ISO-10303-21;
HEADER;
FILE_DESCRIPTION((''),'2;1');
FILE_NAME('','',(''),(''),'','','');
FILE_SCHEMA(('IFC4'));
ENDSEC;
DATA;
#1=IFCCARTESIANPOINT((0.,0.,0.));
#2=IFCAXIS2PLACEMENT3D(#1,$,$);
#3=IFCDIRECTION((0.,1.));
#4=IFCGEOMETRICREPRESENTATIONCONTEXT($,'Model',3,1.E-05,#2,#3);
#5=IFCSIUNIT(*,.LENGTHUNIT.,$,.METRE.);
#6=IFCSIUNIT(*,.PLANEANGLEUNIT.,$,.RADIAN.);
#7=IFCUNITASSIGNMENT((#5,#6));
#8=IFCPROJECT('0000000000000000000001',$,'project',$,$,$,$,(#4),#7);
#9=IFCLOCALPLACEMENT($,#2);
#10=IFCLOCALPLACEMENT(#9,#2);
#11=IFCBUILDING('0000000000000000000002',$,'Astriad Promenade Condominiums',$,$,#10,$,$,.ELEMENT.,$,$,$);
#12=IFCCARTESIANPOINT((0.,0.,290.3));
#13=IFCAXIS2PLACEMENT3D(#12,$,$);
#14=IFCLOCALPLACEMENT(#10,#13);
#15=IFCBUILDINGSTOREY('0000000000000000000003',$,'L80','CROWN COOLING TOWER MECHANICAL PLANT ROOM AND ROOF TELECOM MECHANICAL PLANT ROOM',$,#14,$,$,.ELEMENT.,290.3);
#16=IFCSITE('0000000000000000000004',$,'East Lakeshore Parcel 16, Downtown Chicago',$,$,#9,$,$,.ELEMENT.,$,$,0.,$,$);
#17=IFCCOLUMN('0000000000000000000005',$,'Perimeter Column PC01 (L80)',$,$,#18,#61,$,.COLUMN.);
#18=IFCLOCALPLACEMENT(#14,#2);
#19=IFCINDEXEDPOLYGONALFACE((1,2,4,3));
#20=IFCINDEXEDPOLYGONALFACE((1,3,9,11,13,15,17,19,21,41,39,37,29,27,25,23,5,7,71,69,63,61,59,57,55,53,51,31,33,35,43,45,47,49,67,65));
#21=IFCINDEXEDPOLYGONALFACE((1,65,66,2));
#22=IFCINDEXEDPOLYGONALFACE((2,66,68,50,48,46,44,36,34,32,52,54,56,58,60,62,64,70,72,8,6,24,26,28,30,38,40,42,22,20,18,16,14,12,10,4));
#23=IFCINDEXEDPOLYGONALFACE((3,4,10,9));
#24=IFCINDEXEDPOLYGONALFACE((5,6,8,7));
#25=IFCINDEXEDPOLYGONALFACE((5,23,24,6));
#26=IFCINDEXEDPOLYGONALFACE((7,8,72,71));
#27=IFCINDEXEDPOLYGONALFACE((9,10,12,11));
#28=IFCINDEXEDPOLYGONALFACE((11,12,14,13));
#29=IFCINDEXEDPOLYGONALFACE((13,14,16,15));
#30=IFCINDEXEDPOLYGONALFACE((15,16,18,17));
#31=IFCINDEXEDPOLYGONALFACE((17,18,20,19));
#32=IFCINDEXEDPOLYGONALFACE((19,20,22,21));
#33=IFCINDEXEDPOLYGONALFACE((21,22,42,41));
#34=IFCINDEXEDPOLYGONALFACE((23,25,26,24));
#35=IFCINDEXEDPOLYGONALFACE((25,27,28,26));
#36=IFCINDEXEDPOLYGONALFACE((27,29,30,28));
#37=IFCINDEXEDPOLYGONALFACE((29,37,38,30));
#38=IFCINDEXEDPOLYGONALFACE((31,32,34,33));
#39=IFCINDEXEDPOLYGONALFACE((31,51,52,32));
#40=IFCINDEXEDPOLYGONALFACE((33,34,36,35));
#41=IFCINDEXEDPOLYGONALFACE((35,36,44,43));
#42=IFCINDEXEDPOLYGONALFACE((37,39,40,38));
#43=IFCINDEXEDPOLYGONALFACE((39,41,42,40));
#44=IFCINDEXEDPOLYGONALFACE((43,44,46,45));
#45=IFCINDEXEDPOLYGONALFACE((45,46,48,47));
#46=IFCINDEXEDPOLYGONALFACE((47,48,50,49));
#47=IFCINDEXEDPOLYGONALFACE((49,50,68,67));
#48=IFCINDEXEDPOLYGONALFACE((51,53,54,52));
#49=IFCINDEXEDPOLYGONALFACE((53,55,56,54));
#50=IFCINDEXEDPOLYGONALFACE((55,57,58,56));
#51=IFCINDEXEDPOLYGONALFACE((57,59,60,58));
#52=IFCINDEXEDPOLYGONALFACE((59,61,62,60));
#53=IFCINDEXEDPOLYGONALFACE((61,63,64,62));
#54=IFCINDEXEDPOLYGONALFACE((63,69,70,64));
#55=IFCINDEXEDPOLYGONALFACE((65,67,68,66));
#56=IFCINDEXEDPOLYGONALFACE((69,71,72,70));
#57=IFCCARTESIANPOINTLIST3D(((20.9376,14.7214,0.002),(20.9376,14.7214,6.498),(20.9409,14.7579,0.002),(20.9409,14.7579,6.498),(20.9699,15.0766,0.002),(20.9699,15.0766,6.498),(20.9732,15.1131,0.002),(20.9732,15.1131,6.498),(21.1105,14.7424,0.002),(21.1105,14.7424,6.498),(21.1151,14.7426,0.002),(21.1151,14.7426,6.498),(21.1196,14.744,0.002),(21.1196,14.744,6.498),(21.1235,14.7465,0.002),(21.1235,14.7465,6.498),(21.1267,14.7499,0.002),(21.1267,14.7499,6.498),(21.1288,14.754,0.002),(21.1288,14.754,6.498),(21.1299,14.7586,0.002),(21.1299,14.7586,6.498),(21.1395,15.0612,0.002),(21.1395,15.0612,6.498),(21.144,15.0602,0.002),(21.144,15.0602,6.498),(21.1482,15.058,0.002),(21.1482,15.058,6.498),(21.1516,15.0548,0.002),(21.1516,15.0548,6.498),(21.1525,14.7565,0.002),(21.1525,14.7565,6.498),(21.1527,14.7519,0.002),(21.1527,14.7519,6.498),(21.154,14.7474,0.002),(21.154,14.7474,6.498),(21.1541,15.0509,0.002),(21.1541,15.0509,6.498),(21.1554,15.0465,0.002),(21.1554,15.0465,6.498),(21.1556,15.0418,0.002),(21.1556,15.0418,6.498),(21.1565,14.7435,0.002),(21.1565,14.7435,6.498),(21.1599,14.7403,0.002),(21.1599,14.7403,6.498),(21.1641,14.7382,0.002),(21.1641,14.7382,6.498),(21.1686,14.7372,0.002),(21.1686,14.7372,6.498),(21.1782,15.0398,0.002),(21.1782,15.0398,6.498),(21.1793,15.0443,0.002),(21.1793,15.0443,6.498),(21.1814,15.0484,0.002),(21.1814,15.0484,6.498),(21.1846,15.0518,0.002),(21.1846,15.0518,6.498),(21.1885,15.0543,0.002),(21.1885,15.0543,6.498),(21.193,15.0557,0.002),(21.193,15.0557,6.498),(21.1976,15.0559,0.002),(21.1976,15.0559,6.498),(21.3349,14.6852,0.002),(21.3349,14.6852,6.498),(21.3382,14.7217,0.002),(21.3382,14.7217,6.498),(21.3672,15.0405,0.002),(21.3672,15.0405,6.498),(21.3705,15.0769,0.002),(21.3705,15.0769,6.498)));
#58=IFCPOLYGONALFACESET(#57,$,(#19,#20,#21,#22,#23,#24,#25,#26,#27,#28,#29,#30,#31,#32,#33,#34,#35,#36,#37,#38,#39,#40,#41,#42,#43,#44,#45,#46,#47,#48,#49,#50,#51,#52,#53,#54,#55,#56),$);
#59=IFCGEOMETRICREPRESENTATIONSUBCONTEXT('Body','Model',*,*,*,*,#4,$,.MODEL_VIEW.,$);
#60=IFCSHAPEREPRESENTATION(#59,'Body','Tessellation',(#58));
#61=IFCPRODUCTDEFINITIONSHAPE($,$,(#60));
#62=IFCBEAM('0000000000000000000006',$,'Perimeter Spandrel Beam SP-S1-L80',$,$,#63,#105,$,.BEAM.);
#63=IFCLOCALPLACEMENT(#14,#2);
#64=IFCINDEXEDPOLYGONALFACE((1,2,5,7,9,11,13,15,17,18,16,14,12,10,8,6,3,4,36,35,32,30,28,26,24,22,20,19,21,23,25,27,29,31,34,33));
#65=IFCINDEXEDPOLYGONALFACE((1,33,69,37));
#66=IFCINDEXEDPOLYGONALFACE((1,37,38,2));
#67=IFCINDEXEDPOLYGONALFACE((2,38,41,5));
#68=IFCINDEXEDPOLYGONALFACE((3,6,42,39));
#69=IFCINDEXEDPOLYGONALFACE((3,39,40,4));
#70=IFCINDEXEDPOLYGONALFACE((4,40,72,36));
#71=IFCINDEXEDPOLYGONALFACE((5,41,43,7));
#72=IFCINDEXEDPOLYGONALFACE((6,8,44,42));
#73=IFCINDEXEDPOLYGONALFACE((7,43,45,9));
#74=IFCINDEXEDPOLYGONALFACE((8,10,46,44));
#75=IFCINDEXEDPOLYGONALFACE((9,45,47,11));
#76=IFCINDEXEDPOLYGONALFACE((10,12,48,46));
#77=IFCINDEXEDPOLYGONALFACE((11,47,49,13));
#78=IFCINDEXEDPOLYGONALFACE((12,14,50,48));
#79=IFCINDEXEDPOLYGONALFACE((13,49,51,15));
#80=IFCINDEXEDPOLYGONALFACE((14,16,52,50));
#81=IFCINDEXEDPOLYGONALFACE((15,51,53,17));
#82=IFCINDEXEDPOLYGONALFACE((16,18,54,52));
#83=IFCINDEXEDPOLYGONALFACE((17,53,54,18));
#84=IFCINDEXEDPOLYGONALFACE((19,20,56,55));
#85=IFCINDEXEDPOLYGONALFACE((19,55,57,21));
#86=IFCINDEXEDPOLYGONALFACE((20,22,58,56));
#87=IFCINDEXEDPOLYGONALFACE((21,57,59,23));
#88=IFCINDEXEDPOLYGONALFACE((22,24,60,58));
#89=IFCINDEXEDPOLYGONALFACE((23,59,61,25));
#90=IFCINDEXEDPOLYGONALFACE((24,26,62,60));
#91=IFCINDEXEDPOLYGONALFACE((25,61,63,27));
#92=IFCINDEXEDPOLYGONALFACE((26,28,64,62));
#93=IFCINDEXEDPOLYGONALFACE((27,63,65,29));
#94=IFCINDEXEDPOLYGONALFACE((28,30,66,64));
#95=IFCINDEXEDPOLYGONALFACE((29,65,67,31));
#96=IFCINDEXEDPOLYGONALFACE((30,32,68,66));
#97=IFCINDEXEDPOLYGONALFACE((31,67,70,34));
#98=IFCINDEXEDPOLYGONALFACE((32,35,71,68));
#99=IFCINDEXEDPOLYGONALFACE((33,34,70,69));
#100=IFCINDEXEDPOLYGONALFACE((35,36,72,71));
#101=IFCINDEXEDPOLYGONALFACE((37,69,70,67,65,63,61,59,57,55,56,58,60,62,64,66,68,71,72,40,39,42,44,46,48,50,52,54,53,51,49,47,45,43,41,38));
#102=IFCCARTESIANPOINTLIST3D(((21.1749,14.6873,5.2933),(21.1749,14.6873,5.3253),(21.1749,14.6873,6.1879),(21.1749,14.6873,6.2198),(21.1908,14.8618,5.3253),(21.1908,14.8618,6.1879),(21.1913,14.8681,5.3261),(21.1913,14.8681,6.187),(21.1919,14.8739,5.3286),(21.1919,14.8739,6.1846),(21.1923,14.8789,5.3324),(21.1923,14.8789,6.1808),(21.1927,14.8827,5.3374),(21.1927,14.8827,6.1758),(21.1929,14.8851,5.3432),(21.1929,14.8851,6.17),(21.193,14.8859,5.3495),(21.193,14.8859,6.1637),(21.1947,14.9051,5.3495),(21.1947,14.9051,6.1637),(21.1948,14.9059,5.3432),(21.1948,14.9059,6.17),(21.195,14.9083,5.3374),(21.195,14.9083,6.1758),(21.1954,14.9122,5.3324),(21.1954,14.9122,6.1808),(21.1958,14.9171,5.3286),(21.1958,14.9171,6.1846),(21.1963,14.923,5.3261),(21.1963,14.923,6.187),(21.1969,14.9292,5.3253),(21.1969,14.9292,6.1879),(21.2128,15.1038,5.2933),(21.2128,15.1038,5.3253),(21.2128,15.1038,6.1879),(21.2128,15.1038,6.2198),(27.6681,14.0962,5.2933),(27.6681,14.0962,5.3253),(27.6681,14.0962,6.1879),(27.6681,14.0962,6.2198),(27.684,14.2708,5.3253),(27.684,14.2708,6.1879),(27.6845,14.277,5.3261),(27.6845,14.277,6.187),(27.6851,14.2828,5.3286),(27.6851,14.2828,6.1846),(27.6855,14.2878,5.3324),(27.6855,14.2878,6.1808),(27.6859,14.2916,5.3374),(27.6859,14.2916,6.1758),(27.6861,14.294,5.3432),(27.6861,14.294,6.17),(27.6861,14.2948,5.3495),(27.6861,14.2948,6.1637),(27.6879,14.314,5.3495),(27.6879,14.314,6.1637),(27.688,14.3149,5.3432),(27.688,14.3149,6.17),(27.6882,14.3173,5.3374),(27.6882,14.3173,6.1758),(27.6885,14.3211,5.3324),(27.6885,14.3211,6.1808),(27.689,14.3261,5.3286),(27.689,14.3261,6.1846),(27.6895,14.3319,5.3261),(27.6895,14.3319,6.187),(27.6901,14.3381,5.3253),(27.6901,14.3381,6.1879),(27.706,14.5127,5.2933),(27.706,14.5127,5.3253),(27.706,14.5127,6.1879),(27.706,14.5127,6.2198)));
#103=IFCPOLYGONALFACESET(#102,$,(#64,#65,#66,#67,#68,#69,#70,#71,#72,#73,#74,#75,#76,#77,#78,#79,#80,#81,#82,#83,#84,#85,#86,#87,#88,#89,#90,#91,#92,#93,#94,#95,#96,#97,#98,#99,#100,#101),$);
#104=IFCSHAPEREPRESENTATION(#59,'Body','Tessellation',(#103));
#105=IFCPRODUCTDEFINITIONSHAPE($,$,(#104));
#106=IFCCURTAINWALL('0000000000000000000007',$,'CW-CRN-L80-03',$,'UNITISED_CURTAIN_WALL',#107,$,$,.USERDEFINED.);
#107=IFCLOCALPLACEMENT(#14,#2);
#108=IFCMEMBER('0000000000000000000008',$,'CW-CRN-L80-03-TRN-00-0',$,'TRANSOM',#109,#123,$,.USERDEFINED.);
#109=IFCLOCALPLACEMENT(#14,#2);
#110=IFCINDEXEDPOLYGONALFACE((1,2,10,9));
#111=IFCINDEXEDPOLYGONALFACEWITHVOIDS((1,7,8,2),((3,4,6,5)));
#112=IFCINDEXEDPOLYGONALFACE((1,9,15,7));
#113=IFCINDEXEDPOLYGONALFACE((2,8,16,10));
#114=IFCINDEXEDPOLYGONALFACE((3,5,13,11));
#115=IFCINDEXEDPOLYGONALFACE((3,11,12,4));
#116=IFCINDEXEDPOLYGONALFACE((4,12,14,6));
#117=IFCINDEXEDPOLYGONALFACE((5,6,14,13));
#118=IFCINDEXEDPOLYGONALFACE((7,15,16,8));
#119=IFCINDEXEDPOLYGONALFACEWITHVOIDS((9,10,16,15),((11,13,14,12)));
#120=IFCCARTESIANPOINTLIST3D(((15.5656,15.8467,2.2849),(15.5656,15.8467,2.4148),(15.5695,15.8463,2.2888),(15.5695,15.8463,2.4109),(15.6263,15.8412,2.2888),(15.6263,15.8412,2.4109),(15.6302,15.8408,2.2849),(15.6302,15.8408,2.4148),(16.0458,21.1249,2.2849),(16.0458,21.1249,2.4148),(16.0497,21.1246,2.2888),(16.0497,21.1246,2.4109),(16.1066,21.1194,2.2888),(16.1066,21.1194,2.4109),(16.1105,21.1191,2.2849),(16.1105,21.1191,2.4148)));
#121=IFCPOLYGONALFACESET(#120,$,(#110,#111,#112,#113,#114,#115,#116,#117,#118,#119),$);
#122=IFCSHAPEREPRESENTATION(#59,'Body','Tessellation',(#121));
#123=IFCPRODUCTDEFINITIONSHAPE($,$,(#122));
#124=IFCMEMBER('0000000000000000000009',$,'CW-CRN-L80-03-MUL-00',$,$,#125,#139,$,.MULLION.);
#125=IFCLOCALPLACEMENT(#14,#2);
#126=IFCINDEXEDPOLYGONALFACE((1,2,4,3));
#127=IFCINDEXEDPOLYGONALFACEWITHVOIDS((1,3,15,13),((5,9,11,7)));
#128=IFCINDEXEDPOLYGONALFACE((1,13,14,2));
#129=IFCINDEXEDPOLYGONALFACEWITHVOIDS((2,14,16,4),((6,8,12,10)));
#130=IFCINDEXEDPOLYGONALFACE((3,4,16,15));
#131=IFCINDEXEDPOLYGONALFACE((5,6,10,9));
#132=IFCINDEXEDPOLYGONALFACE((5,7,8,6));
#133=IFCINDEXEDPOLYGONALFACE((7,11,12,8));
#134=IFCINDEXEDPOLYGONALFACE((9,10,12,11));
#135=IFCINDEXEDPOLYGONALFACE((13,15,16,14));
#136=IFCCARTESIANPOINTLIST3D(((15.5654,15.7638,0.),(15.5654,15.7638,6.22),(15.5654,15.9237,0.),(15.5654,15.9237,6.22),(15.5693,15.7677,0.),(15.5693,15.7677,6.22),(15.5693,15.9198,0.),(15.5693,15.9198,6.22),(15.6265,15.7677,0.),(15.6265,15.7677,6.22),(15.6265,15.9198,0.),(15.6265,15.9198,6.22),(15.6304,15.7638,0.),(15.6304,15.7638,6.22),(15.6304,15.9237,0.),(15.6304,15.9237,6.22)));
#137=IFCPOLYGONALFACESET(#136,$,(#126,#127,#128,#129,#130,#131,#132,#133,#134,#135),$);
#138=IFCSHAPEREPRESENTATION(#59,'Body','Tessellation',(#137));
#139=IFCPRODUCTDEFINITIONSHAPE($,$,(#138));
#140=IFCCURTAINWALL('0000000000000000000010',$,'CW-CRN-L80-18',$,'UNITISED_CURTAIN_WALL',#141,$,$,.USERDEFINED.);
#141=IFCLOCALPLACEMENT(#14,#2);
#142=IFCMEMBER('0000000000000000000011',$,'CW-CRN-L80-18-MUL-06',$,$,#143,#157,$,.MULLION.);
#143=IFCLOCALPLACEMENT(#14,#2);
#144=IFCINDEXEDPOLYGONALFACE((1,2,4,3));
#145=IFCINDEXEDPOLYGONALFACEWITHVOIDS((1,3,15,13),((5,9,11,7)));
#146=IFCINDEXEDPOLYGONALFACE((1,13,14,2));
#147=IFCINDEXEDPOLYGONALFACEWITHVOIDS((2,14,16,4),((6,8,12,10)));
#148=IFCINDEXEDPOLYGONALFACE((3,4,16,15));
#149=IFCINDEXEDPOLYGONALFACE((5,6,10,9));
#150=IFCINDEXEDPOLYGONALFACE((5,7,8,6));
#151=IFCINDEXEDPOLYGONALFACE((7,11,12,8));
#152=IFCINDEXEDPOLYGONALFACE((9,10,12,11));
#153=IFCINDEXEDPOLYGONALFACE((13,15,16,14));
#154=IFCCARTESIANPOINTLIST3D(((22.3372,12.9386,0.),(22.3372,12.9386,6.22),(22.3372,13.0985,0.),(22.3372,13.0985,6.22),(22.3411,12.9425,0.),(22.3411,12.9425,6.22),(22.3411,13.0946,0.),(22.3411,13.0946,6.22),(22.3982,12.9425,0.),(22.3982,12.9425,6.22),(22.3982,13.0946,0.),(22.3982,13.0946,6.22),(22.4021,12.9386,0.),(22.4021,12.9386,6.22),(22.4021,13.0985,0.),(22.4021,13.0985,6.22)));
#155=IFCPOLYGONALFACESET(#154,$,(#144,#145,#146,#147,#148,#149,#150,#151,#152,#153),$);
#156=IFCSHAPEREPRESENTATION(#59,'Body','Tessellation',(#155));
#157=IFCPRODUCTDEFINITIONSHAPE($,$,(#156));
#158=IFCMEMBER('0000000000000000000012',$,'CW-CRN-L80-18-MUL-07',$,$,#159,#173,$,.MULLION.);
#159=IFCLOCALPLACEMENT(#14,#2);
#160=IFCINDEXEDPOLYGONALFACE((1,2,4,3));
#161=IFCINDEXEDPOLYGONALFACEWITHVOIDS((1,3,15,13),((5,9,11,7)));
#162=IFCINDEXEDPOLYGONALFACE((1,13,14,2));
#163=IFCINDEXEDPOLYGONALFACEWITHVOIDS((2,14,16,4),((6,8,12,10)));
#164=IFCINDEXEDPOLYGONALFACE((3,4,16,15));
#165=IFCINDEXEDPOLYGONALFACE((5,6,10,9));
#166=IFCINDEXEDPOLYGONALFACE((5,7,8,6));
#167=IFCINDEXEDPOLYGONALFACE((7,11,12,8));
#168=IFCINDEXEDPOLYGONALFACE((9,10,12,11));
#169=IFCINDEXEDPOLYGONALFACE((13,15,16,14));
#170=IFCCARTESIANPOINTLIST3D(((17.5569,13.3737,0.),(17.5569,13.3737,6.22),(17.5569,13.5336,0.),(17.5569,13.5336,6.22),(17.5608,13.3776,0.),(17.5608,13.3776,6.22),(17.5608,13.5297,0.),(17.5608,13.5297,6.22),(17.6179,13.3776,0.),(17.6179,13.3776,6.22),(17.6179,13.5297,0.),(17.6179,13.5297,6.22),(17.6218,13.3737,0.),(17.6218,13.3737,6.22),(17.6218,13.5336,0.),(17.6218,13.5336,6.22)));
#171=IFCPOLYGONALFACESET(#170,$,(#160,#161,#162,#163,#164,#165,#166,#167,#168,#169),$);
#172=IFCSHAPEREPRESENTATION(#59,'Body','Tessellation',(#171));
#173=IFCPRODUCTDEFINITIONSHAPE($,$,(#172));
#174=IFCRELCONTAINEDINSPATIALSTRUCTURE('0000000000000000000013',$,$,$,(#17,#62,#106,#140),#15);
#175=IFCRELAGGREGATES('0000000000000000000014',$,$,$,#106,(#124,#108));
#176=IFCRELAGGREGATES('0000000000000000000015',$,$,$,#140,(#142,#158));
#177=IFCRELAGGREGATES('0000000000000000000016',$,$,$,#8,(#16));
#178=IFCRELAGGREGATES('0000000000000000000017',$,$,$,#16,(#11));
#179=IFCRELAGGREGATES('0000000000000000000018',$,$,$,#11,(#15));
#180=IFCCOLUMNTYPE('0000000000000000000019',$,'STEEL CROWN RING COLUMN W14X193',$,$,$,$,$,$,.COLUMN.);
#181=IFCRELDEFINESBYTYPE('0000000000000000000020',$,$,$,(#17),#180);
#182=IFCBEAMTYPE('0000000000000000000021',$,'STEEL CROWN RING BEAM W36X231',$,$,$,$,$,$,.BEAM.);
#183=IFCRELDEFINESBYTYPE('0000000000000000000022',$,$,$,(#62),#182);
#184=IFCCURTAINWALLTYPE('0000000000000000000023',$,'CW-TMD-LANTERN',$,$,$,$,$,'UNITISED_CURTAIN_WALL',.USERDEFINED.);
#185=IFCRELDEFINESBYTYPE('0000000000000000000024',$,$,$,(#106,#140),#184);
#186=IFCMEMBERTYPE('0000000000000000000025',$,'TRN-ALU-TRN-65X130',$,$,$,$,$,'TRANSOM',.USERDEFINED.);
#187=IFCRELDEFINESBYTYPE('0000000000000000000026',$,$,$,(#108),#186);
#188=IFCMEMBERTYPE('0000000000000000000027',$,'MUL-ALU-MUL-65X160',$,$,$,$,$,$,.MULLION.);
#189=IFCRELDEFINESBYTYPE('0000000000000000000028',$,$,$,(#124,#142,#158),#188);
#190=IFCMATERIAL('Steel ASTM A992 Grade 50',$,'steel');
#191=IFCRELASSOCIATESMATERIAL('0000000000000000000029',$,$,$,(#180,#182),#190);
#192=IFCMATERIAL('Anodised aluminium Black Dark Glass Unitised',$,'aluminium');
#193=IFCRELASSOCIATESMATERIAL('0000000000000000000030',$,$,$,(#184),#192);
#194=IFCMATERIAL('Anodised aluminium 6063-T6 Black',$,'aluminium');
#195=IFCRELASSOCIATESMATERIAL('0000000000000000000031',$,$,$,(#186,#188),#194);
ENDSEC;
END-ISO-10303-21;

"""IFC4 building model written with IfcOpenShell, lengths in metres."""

from ifc_helpers import new_model, si_unit, direction, frame, origin, origin_2d, place, context, subcontext, project, spatial, hollow_rectangle, i_section, extrude, source, transform, mapped, material, material_profile, profile_set, type_object, type_shapes, element, aggregate, save


model = new_model("IFC4")

# Units and contexts
model_context = context("Model", 3, precision=1e-05, world=origin(), true_north=direction((0.0, 1.0)))
body_context = subcontext(model_context, "Body", "Model", "MODEL_VIEW")
ifc_project = project(units=[si_unit("LENGTHUNIT", "METRE"), si_unit("PLANEANGLEUNIT", "RADIAN")], contexts=[model_context])

# Site, building, storey
site_placement = place(None, origin())
site = spatial("IfcSite", under=ifc_project, at=site_placement, Name="East Lakeshore Parcel 16, Downtown Chicago", CompositionType="ELEMENT", RefElevation=0.0)
building_placement = place(site_placement, origin())
building = spatial("IfcBuilding", under=site, at=building_placement, Name="Astriad Promenade Condominiums", CompositionType="ELEMENT")
storey_placement = place(building_placement, frame((0.0, 0.0, 290.3)))
storey = spatial("IfcBuildingStorey", under=building, at=storey_placement, Name="L80", Description="CROWN COOLING TOWER MECHANICAL PLANT ROOM AND ROOF TELECOM MECHANICAL PLANT ROOM", CompositionType="ELEMENT", Elevation=290.3)

# Column
ifc_material_1 = material(Name="Steel ASTM A992 Grade 50", Category="steel")
ifc_material_profile_1 = material_profile(ifc_material_1, i_section(OverallWidth=0.3989, OverallDepth=0.3933, WebThickness=0.0227, FlangeThickness=0.0366, FilletRadius=0.0178, at=origin_2d()), Name="W14X193")
ifc_profile_set_1 = profile_set([ifc_material_profile_1], Name="Steel ASTM A992 Grade 50")
column_type = type_object("IfcColumnType", Name="STEEL CROWN RING COLUMN W14X193", PredefinedType="COLUMN", material=ifc_profile_set_1)
shared_shape_1 = source(origin(), body_context, "Body", "SweptSolid", [
    extrude(i_section(OverallWidth=0.3989, OverallDepth=0.3933, WebThickness=0.0227, FlangeThickness=0.0366, FilletRadius=0.0178, at=origin_2d()), origin(), (0.0, 0.0, 1.0), 6.4961),
])
type_shapes(column_type, [shared_shape_1])
column_placement = place(storey_placement, frame((21.1541, 14.8992, 0.002), z_axis=(0.0, 0.0, 1.0), x_axis=(0.995884, -0.090633, 0.0)))
element("IfcColumn", 1, at=column_placement, inside=storey, type_object=column_type, Name="Perimeter Column PC01 (L80)", PredefinedType="COLUMN", context=body_context, shape_type="MappedRepresentation", body=[
    mapped(shared_shape_1, transform((0.0, 0.0, 0.0), scale=1.0)),
])

# Beam
ifc_material_profile_2 = material_profile(ifc_material_1, i_section(OverallWidth=0.4182, OverallDepth=0.9265, WebThickness=0.0193, FlangeThickness=0.032, FilletRadius=0.0242, at=origin_2d()), Name="W36X231")
ifc_profile_set_2 = profile_set([ifc_material_profile_2], Name="Steel ASTM A992 Grade 50")
beam_type = type_object("IfcBeamType", Name="STEEL CROWN RING BEAM W36X231", PredefinedType="BEAM", material=ifc_profile_set_2)
shared_shape_2 = source(origin(), body_context, "Body", "SweptSolid", [
    extrude(i_section(OverallWidth=0.4182, OverallDepth=0.9265, WebThickness=0.0193, FlangeThickness=0.032, FilletRadius=0.0242, at=origin_2d()), origin(), (0.0, 0.0, 1.0), 6.52),
])
type_shapes(beam_type, [shared_shape_2])
beam_placement = place(storey_placement, frame((21.1938, 14.8955, 5.7566), z_axis=(0.995882, -0.090654, 0.0), x_axis=(0.090654, 0.995882, 0.0)))
element("IfcBeam", 2, at=beam_placement, inside=storey, type_object=beam_type, Name="Perimeter Spandrel Beam SP-S1-L80", PredefinedType="BEAM", context=body_context, shape_type="MappedRepresentation", body=[
    mapped(shared_shape_2, transform((0.0, 0.0, 0.0), scale=1.0)),
])

# Curtain walls, members
ifc_material_2 = material(Name="Anodised aluminium Black Dark Glass Unitised", Category="aluminium")
curtain_wall_type = type_object("IfcCurtainWallType", Name="CW-TMD-LANTERN", ElementType="UNITISED_CURTAIN_WALL", PredefinedType="USERDEFINED", material=ifc_material_2)
curtain_wall_1_placement = place(storey_placement, origin())
curtain_wall_1 = element("IfcCurtainWall", 3, at=curtain_wall_1_placement, inside=storey, type_object=curtain_wall_type, Name="CW-CRN-L80-03", ObjectType="UNITISED_CURTAIN_WALL", PredefinedType="USERDEFINED")
ifc_material_3 = material(Name="Anodised aluminium 6063-T6 Black", Category="aluminium")
ifc_material_profile_3 = material_profile(ifc_material_3, hollow_rectangle(XDim=0.0649, YDim=0.1299, WallThickness=0.0039, at=origin_2d()), Name="ALU-TRN-65X130")
ifc_profile_set_3 = profile_set([ifc_material_profile_3], Name="Anodised aluminium 6063-T6 Black")
member_type_1 = type_object("IfcMemberType", Name="TRN-ALU-TRN-65X130", ElementType="TRANSOM", PredefinedType="USERDEFINED", material=ifc_profile_set_3)
shared_shape_3 = source(origin(), body_context, "Body", "SweptSolid", [
    extrude(hollow_rectangle(XDim=0.0649, YDim=0.1299, WallThickness=0.0039, at=origin_2d()), origin(), (0.0, 0.0, 1.0), 5.3),
])
member_1_placement = place(storey_placement, frame((15.5979, 15.8438, 2.3499), z_axis=(0.090606, 0.995887, 0.0), x_axis=(-0.995887, 0.090606, 0.0)))
member_1 = element("IfcMember", 4, at=member_1_placement, type_object=member_type_1, Name="CW-CRN-L80-03-TRN-00-0", ObjectType="TRANSOM", PredefinedType="USERDEFINED", context=body_context, shape_type="MappedRepresentation", body=[
    mapped(shared_shape_3, transform((0.0, 0.0, 0.0), scale=1.0)),
])
ifc_material_profile_4 = material_profile(ifc_material_3, hollow_rectangle(XDim=0.0649, YDim=0.1599, WallThickness=0.0039, at=origin_2d()), Name="ALU-MUL-65X160")
ifc_profile_set_4 = profile_set([ifc_material_profile_4], Name="Anodised aluminium 6063-T6 Black")
member_type_2 = type_object("IfcMemberType", Name="MUL-ALU-MUL-65X160", PredefinedType="MULLION", material=ifc_profile_set_4)
shared_shape_4 = source(origin(), body_context, "Body", "SweptSolid", [
    extrude(hollow_rectangle(XDim=0.0649, YDim=0.1599, WallThickness=0.0039, at=origin_2d()), origin(), (0.0, 0.0, 1.0), 6.22),
])
type_shapes(member_type_2, [shared_shape_4])
member_2_placement = place(storey_placement, frame((15.5979, 15.8438, 0.0), z_axis=(0.0, 0.0, 1.0), x_axis=(1.0, 0.0, 0.0)))
member_2 = element("IfcMember", 5, at=member_2_placement, type_object=member_type_2, Name="CW-CRN-L80-03-MUL-00", PredefinedType="MULLION", context=body_context, shape_type="MappedRepresentation", body=[
    mapped(shared_shape_4, transform((0.0, 0.0, 0.0), scale=1.0)),
])
curtain_wall_2_placement = place(storey_placement, origin())
curtain_wall_2 = element("IfcCurtainWall", 6, at=curtain_wall_2_placement, inside=storey, type_object=curtain_wall_type, Name="CW-CRN-L80-18", ObjectType="UNITISED_CURTAIN_WALL", PredefinedType="USERDEFINED")
member_3_placement = place(storey_placement, frame((22.3696, 13.0186, 0.0), z_axis=(0.0, 0.0, 1.0), x_axis=(1.0, 0.0, 0.0)))
member_3 = element("IfcMember", 7, at=member_3_placement, type_object=member_type_2, Name="CW-CRN-L80-18-MUL-06", PredefinedType="MULLION", context=body_context, shape_type="MappedRepresentation", body=[
    mapped(shared_shape_4, transform((0.0, 0.0, 0.0), scale=1.0)),
])
member_4_placement = place(storey_placement, frame((17.5894, 13.4536, 0.0), z_axis=(0.0, 0.0, 1.0), x_axis=(1.0, 0.0, 0.0)))
member_4 = element("IfcMember", 8, at=member_4_placement, type_object=member_type_2, Name="CW-CRN-L80-18-MUL-07", PredefinedType="MULLION", context=body_context, shape_type="MappedRepresentation", body=[
    mapped(shared_shape_4, transform((0.0, 0.0, 0.0), scale=1.0)),
])

aggregate(curtain_wall_1, [member_2, member_1])

aggregate(curtain_wall_2, [member_3, member_4])

save(model, "model.ifc")
